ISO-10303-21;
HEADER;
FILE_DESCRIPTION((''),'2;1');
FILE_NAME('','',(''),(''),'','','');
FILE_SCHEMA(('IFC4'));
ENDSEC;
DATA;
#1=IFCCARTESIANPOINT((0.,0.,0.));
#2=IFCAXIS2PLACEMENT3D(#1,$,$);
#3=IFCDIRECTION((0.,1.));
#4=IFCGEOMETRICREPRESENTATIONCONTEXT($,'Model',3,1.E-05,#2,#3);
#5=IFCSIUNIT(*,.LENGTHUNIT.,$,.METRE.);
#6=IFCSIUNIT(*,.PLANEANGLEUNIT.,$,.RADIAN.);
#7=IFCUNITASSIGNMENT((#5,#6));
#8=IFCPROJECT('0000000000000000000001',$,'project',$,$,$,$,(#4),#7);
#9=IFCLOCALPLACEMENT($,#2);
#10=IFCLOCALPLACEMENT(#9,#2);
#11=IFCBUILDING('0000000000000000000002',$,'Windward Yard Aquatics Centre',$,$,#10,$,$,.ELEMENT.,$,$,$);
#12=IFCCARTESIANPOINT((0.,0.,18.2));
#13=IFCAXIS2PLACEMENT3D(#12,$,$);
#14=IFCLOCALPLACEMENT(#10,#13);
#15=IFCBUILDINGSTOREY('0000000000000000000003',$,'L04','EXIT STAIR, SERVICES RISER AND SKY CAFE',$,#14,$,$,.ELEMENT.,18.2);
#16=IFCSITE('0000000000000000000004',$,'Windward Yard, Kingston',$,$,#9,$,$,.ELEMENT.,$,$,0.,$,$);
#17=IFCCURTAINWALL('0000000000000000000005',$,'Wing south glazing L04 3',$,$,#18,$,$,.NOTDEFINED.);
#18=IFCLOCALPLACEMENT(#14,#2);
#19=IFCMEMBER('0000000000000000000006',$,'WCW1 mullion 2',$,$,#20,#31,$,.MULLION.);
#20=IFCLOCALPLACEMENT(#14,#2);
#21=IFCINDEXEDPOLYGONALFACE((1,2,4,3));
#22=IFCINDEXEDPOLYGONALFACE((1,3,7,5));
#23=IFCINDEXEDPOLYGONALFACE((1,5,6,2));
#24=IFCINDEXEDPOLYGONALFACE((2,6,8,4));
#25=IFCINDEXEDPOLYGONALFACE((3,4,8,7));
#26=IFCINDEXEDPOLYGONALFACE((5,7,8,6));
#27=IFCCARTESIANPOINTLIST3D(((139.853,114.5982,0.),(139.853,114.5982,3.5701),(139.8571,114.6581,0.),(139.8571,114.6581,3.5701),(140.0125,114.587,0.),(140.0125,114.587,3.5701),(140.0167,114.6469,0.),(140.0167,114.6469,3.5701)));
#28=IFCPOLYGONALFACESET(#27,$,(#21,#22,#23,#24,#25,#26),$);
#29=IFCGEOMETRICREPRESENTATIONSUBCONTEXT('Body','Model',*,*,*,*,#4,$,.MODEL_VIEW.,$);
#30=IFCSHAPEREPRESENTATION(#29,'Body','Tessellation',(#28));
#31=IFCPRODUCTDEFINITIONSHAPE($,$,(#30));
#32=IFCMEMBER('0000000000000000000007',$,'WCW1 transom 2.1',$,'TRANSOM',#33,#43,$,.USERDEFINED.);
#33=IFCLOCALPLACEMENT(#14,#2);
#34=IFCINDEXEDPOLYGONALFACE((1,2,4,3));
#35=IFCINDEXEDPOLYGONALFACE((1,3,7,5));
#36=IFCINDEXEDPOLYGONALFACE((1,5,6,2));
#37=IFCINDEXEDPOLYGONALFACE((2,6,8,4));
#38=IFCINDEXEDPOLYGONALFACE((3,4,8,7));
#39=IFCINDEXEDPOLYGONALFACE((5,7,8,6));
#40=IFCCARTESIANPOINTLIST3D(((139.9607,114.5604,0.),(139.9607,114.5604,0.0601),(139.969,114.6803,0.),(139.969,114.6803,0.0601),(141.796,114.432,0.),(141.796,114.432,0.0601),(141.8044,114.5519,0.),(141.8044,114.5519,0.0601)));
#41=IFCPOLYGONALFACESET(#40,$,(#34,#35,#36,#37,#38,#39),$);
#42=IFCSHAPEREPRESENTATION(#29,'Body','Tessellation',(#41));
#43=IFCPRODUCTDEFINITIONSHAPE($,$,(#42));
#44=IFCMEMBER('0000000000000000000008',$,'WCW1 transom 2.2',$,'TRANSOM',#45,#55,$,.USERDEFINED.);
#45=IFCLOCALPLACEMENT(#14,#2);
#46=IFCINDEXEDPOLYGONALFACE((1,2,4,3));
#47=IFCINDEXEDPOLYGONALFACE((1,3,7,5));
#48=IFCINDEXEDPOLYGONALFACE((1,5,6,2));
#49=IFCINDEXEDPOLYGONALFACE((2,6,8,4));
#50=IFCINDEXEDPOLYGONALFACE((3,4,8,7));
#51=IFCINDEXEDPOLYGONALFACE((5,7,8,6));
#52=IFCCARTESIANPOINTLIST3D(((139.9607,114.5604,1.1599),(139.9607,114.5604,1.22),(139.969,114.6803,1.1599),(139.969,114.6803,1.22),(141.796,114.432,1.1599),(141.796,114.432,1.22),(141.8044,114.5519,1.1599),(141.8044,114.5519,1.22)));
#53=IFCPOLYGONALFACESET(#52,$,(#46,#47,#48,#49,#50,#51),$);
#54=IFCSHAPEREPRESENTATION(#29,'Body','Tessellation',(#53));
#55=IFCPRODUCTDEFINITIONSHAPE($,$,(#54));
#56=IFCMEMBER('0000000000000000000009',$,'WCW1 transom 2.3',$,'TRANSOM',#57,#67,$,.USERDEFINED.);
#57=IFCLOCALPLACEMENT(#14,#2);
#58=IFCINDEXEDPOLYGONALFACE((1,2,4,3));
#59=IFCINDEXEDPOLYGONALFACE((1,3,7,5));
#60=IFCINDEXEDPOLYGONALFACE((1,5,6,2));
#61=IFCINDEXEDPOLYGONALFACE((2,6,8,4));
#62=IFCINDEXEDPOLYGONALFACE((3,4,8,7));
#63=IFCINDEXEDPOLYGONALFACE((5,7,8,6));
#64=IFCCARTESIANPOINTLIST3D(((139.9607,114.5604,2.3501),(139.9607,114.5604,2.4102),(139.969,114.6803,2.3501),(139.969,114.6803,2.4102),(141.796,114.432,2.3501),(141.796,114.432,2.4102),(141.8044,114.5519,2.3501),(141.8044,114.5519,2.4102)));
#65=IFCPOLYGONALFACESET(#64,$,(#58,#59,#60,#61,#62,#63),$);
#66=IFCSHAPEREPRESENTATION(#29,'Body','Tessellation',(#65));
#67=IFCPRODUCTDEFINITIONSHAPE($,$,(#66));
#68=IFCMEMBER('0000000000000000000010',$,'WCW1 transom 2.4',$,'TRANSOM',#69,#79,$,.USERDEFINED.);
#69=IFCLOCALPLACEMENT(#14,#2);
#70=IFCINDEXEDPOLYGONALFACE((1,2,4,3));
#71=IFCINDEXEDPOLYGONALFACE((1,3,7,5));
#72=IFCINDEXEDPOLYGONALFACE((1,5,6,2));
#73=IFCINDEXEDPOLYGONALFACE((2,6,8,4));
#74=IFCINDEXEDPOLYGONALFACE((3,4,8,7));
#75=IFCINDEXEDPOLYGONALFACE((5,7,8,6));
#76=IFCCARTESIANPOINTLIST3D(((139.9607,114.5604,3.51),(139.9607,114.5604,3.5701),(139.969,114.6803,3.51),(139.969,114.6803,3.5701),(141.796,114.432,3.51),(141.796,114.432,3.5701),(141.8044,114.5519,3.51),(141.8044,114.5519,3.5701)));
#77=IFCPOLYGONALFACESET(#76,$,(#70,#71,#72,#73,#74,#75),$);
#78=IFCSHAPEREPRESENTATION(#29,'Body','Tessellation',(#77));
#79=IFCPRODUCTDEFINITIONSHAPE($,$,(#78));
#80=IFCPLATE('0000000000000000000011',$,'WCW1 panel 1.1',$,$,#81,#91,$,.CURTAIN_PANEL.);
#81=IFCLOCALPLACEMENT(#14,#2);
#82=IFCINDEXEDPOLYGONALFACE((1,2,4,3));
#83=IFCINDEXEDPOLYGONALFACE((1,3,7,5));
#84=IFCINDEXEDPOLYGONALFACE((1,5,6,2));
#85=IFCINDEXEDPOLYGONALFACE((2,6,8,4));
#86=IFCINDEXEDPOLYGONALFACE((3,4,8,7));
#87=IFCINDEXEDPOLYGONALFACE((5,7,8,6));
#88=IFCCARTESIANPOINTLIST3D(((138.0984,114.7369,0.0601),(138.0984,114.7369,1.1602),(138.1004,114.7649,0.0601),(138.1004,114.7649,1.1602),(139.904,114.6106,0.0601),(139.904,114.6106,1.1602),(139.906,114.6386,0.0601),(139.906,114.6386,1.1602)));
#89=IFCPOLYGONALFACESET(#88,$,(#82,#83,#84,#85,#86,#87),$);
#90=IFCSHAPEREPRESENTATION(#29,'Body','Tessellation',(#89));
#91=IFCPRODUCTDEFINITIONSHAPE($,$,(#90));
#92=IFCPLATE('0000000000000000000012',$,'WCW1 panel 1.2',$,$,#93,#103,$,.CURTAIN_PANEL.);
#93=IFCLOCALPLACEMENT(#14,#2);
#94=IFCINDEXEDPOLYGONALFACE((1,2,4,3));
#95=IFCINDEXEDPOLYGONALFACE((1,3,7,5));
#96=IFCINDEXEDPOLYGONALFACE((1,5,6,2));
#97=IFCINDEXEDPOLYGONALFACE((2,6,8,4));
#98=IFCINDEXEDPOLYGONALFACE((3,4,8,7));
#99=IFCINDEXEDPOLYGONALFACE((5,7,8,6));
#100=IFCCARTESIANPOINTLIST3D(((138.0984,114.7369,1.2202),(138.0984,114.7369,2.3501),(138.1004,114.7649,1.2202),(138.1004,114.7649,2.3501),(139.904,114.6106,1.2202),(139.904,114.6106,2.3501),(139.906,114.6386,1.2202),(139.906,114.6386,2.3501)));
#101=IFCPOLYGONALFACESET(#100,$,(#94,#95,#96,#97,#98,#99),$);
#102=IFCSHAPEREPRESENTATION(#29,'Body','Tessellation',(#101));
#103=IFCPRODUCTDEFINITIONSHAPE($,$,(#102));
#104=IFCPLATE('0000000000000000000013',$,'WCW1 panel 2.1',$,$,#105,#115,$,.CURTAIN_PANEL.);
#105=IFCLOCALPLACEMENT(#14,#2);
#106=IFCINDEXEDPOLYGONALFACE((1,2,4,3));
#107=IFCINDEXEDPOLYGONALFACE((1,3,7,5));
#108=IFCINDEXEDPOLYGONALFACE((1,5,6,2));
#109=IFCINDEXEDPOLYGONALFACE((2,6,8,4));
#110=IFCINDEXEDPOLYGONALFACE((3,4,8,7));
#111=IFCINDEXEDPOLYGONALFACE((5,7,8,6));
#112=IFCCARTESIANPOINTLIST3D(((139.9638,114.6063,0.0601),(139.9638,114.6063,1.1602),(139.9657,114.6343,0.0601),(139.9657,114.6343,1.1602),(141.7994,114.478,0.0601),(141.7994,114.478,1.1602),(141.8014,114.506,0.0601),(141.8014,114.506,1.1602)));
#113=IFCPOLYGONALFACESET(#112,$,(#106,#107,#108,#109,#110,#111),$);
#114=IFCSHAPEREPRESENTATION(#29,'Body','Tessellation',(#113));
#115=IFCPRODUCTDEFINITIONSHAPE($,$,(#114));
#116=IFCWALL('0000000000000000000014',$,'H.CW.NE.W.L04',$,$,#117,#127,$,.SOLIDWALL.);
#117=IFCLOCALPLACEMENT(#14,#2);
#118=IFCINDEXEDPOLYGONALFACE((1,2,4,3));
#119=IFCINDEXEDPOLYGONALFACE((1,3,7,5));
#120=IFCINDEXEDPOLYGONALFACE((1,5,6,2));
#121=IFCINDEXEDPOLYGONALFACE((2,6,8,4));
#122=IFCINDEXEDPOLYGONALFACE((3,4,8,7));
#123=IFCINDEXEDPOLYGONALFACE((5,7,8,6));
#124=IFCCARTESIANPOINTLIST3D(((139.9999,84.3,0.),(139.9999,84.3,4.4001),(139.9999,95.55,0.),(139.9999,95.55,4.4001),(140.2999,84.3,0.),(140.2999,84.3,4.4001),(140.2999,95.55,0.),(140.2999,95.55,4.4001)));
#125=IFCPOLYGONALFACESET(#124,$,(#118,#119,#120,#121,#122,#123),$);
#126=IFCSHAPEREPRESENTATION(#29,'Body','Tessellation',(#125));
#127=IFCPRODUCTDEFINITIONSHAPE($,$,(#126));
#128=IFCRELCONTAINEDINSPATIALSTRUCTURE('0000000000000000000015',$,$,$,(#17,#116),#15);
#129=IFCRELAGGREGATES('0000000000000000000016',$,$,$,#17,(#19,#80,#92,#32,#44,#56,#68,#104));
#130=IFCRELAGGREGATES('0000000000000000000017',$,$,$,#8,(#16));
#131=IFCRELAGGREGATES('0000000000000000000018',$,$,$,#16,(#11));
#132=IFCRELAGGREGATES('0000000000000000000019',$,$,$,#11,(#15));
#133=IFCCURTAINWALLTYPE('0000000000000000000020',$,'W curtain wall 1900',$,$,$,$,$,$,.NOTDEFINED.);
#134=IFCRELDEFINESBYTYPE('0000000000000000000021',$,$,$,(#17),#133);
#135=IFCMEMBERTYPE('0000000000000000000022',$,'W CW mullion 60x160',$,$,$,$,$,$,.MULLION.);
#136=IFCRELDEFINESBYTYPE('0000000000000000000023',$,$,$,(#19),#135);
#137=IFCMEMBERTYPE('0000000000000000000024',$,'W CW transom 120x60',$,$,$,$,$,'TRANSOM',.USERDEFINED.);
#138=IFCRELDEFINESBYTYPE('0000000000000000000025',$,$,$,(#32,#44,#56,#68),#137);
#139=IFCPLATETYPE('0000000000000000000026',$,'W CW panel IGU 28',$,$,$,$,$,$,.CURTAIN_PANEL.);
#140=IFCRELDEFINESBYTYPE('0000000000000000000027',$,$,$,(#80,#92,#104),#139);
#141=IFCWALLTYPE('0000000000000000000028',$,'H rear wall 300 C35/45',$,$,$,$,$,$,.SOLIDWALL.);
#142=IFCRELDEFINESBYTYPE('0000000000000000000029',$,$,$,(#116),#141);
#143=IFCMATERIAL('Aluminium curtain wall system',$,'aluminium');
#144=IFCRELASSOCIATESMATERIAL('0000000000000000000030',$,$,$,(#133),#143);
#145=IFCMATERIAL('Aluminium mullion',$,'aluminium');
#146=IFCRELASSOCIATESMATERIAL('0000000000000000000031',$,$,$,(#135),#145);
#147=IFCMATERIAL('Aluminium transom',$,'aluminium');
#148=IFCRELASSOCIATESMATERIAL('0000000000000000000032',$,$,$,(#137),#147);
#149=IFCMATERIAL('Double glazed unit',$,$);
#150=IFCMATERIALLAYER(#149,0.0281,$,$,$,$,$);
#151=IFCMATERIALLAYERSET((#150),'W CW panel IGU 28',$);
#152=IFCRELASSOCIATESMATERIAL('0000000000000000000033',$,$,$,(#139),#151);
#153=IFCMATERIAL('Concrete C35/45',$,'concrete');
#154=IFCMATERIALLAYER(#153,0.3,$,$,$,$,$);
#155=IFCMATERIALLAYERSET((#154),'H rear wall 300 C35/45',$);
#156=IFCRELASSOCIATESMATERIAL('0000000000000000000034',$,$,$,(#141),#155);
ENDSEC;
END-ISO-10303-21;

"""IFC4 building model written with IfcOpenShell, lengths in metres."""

from ifc_helpers import new_model, si_unit, direction, frame, frame_2d, origin, origin_2d, place, context, subcontext, project, spatial, rectangle, extrude, material, layer, layer_set, material_profile, profile_set, type_object, element, aggregate, save


model = new_model("IFC4")

# Units and contexts
model_context = context("Model", 3, precision=1e-05, world=origin(), true_north=direction((0.0, 1.0)))
body_context = subcontext(model_context, "Body", "Model", "MODEL_VIEW")
ifc_project = project(units=[si_unit("LENGTHUNIT", "METRE"), si_unit("PLANEANGLEUNIT", "RADIAN")], contexts=[model_context])

# Site, building, storey
site_placement = place(None, origin())
site = spatial("IfcSite", under=ifc_project, at=site_placement, Name="Windward Yard, Kingston", CompositionType="ELEMENT", RefElevation=0.0)
building_placement = place(site_placement, origin())
building = spatial("IfcBuilding", under=site, at=building_placement, Name="Windward Yard Aquatics Centre", CompositionType="ELEMENT")
storey_placement = place(building_placement, frame((0.0, 0.0, 18.2)))
storey = spatial("IfcBuildingStorey", under=building, at=storey_placement, Name="L04", Description="EXIT STAIR, SERVICES RISER AND SKY CAFE", CompositionType="ELEMENT", Elevation=18.2)

# Curtain wall, members, plates
ifc_material_1 = material(Name="Aluminium curtain wall system", Category="aluminium")
curtain_wall_type_1 = type_object("IfcCurtainWallType", Name="W curtain wall 1900", PredefinedType="NOTDEFINED", material=ifc_material_1)
curtain_wall_1_placement = place(storey_placement, origin())
curtain_wall_1 = element("IfcCurtainWall", 1, at=curtain_wall_1_placement, inside=storey, type_object=curtain_wall_type_1, Name="Wing south glazing L04 3", PredefinedType="NOTDEFINED")
ifc_material_2 = material(Name="Aluminium mullion", Category="aluminium")
ifc_material_profile_1 = material_profile(ifc_material_2, rectangle(XDim=0.0601, YDim=0.1599, at=origin_2d()), Name="AL 60x160")
ifc_profile_set_1 = profile_set([ifc_material_profile_1], Name="Aluminium mullion")
member_type_1 = type_object("IfcMemberType", Name="W CW mullion 60x160", PredefinedType="MULLION", material=ifc_profile_set_1)
member_1_placement = place(storey_placement, frame((139.9348, 114.6226, 0.0), z_axis=(0.0, 0.0, 1.0), x_axis=(0.069758, 0.997564, 0.0)))
member_1 = element("IfcMember", 2, at=member_1_placement, type_object=member_type_1, Name="WCW1 mullion 2", PredefinedType="MULLION", context=body_context, shape_type="SweptSolid", body=[
    extrude(rectangle(XDim=0.0601, YDim=0.1599, at=origin_2d()), origin(), (0.0, 0.0, 1.0), 3.5701),
])
ifc_material_3 = material(Name="Aluminium transom", Category="aluminium")
ifc_material_profile_2 = material_profile(ifc_material_3, rectangle(XDim=0.1201, YDim=0.0601, at=origin_2d()), Name="AL 120x60")
ifc_profile_set_2 = profile_set([ifc_material_profile_2], Name="Aluminium transom")
member_type_2 = type_object("IfcMemberType", Name="W CW transom 120x60", ElementType="TRANSOM", PredefinedType="USERDEFINED", material=ifc_profile_set_2)
member_2_placement = place(storey_placement, frame((139.9648, 114.6204, 0.03), z_axis=(0.997561, -0.069795, 0.0), x_axis=(0.069795, 0.997561, 0.0)))
member_2 = element("IfcMember", 3, at=member_2_placement, type_object=member_type_2, Name="WCW1 transom 2.1", ObjectType="TRANSOM", PredefinedType="USERDEFINED", context=body_context, shape_type="SweptSolid", body=[
    extrude(rectangle(XDim=0.1201, YDim=0.0601, at=origin_2d()), origin(), (0.0, 0.0, 1.0), 1.8398),
])
member_3_placement = place(storey_placement, frame((139.9648, 114.6204, 1.1899), z_axis=(0.997561, -0.069795, 0.0), x_axis=(0.069795, 0.997561, 0.0)))
member_3 = element("IfcMember", 4, at=member_3_placement, type_object=member_type_2, Name="WCW1 transom 2.2", ObjectType="TRANSOM", PredefinedType="USERDEFINED", context=body_context, shape_type="SweptSolid", body=[
    extrude(rectangle(XDim=0.1201, YDim=0.0601, at=origin_2d()), origin(), (0.0, 0.0, 1.0), 1.8398),
])
member_4_placement = place(storey_placement, frame((139.9648, 114.6204, 2.3801), z_axis=(0.997561, -0.069795, 0.0), x_axis=(0.069795, 0.997561, 0.0)))
member_4 = element("IfcMember", 5, at=member_4_placement, type_object=member_type_2, Name="WCW1 transom 2.3", ObjectType="TRANSOM", PredefinedType="USERDEFINED", context=body_context, shape_type="SweptSolid", body=[
    extrude(rectangle(XDim=0.1201, YDim=0.0601, at=origin_2d()), origin(), (0.0, 0.0, 1.0), 1.8398),
])
member_5_placement = place(storey_placement, frame((139.9648, 114.6204, 3.54), z_axis=(0.997561, -0.069795, 0.0), x_axis=(0.069795, 0.997561, 0.0)))
member_5 = element("IfcMember", 6, at=member_5_placement, type_object=member_type_2, Name="WCW1 transom 2.4", ObjectType="TRANSOM", PredefinedType="USERDEFINED", context=body_context, shape_type="SweptSolid", body=[
    extrude(rectangle(XDim=0.1201, YDim=0.0601, at=origin_2d()), origin(), (0.0, 0.0, 1.0), 1.8398),
])
ifc_material_4 = material(Name="Double glazed unit")
ifc_layer_1 = layer(ifc_material_4, 0.0281)
ifc_layer_set_1 = layer_set([ifc_layer_1], Name="W CW panel IGU 28")
plate_type = type_object("IfcPlateType", Name="W CW panel IGU 28", PredefinedType="CURTAIN_PANEL", material=ifc_layer_set_1)
plate_1_placement = place(storey_placement, frame((139.0022, 114.6877, 0.0601), z_axis=(0.0, 0.0, 1.0), x_axis=(0.997564, -0.069758, 0.0)))
plate_1 = element("IfcPlate", 7, at=plate_1_placement, type_object=plate_type, Name="WCW1 panel 1.1", PredefinedType="CURTAIN_PANEL", context=body_context, shape_type="SweptSolid", body=[
    extrude(rectangle(XDim=1.8101, YDim=0.0281, at=origin_2d()), origin(), (0.0, 0.0, 1.0), 1.1001),
])
plate_2_placement = place(storey_placement, frame((139.0022, 114.6877, 1.2202), z_axis=(0.0, 0.0, 1.0), x_axis=(0.997564, -0.069758, 0.0)))
plate_2 = element("IfcPlate", 8, at=plate_2_placement, type_object=plate_type, Name="WCW1 panel 1.2", PredefinedType="CURTAIN_PANEL", context=body_context, shape_type="SweptSolid", body=[
    extrude(rectangle(XDim=1.8101, YDim=0.0281, at=origin_2d()), origin(), (0.0, 0.0, 1.0), 1.1299),
])
plate_3_placement = place(storey_placement, frame((140.8826, 114.5562, 0.0601), z_axis=(0.0, 0.0, 1.0), x_axis=(0.997564, -0.069758, 0.0)))
plate_3 = element("IfcPlate", 9, at=plate_3_placement, type_object=plate_type, Name="WCW1 panel 2.1", PredefinedType="CURTAIN_PANEL", context=body_context, shape_type="SweptSolid", body=[
    extrude(rectangle(XDim=1.8401, YDim=0.0281, at=origin_2d()), origin(), (0.0, 0.0, 1.0), 1.1001),
])
aggregate(curtain_wall_1, [member_1, plate_1, plate_2, member_2, member_3, member_4, member_5, plate_3])

# Wall
ifc_material_5 = material(Name="Concrete C35/45", Category="concrete")
ifc_layer_2 = layer(ifc_material_5, 0.3)
ifc_layer_set_2 = layer_set([ifc_layer_2], Name="H rear wall 300 C35/45")
wall_type = type_object("IfcWallType", Name="H rear wall 300 C35/45", PredefinedType="SOLIDWALL", material=ifc_layer_set_2)
wall_placement = place(storey_placement, frame((140.1499, 95.55, 0.0), z_axis=(0.0, 0.0, 1.0), x_axis=(0.0, -1.0, 0.0)))
element("IfcWall", 10, at=wall_placement, inside=storey, type_object=wall_type, Name="H.CW.NE.W.L04", PredefinedType="SOLIDWALL", context=body_context, shape_type="SweptSolid", body=[
    extrude(rectangle(XDim=11.25, YDim=0.3, at=frame_2d((5.625, 0.0))), origin(), (0.0, 0.0, 1.0), 4.4001),
])

save(model, "model.ifc")
